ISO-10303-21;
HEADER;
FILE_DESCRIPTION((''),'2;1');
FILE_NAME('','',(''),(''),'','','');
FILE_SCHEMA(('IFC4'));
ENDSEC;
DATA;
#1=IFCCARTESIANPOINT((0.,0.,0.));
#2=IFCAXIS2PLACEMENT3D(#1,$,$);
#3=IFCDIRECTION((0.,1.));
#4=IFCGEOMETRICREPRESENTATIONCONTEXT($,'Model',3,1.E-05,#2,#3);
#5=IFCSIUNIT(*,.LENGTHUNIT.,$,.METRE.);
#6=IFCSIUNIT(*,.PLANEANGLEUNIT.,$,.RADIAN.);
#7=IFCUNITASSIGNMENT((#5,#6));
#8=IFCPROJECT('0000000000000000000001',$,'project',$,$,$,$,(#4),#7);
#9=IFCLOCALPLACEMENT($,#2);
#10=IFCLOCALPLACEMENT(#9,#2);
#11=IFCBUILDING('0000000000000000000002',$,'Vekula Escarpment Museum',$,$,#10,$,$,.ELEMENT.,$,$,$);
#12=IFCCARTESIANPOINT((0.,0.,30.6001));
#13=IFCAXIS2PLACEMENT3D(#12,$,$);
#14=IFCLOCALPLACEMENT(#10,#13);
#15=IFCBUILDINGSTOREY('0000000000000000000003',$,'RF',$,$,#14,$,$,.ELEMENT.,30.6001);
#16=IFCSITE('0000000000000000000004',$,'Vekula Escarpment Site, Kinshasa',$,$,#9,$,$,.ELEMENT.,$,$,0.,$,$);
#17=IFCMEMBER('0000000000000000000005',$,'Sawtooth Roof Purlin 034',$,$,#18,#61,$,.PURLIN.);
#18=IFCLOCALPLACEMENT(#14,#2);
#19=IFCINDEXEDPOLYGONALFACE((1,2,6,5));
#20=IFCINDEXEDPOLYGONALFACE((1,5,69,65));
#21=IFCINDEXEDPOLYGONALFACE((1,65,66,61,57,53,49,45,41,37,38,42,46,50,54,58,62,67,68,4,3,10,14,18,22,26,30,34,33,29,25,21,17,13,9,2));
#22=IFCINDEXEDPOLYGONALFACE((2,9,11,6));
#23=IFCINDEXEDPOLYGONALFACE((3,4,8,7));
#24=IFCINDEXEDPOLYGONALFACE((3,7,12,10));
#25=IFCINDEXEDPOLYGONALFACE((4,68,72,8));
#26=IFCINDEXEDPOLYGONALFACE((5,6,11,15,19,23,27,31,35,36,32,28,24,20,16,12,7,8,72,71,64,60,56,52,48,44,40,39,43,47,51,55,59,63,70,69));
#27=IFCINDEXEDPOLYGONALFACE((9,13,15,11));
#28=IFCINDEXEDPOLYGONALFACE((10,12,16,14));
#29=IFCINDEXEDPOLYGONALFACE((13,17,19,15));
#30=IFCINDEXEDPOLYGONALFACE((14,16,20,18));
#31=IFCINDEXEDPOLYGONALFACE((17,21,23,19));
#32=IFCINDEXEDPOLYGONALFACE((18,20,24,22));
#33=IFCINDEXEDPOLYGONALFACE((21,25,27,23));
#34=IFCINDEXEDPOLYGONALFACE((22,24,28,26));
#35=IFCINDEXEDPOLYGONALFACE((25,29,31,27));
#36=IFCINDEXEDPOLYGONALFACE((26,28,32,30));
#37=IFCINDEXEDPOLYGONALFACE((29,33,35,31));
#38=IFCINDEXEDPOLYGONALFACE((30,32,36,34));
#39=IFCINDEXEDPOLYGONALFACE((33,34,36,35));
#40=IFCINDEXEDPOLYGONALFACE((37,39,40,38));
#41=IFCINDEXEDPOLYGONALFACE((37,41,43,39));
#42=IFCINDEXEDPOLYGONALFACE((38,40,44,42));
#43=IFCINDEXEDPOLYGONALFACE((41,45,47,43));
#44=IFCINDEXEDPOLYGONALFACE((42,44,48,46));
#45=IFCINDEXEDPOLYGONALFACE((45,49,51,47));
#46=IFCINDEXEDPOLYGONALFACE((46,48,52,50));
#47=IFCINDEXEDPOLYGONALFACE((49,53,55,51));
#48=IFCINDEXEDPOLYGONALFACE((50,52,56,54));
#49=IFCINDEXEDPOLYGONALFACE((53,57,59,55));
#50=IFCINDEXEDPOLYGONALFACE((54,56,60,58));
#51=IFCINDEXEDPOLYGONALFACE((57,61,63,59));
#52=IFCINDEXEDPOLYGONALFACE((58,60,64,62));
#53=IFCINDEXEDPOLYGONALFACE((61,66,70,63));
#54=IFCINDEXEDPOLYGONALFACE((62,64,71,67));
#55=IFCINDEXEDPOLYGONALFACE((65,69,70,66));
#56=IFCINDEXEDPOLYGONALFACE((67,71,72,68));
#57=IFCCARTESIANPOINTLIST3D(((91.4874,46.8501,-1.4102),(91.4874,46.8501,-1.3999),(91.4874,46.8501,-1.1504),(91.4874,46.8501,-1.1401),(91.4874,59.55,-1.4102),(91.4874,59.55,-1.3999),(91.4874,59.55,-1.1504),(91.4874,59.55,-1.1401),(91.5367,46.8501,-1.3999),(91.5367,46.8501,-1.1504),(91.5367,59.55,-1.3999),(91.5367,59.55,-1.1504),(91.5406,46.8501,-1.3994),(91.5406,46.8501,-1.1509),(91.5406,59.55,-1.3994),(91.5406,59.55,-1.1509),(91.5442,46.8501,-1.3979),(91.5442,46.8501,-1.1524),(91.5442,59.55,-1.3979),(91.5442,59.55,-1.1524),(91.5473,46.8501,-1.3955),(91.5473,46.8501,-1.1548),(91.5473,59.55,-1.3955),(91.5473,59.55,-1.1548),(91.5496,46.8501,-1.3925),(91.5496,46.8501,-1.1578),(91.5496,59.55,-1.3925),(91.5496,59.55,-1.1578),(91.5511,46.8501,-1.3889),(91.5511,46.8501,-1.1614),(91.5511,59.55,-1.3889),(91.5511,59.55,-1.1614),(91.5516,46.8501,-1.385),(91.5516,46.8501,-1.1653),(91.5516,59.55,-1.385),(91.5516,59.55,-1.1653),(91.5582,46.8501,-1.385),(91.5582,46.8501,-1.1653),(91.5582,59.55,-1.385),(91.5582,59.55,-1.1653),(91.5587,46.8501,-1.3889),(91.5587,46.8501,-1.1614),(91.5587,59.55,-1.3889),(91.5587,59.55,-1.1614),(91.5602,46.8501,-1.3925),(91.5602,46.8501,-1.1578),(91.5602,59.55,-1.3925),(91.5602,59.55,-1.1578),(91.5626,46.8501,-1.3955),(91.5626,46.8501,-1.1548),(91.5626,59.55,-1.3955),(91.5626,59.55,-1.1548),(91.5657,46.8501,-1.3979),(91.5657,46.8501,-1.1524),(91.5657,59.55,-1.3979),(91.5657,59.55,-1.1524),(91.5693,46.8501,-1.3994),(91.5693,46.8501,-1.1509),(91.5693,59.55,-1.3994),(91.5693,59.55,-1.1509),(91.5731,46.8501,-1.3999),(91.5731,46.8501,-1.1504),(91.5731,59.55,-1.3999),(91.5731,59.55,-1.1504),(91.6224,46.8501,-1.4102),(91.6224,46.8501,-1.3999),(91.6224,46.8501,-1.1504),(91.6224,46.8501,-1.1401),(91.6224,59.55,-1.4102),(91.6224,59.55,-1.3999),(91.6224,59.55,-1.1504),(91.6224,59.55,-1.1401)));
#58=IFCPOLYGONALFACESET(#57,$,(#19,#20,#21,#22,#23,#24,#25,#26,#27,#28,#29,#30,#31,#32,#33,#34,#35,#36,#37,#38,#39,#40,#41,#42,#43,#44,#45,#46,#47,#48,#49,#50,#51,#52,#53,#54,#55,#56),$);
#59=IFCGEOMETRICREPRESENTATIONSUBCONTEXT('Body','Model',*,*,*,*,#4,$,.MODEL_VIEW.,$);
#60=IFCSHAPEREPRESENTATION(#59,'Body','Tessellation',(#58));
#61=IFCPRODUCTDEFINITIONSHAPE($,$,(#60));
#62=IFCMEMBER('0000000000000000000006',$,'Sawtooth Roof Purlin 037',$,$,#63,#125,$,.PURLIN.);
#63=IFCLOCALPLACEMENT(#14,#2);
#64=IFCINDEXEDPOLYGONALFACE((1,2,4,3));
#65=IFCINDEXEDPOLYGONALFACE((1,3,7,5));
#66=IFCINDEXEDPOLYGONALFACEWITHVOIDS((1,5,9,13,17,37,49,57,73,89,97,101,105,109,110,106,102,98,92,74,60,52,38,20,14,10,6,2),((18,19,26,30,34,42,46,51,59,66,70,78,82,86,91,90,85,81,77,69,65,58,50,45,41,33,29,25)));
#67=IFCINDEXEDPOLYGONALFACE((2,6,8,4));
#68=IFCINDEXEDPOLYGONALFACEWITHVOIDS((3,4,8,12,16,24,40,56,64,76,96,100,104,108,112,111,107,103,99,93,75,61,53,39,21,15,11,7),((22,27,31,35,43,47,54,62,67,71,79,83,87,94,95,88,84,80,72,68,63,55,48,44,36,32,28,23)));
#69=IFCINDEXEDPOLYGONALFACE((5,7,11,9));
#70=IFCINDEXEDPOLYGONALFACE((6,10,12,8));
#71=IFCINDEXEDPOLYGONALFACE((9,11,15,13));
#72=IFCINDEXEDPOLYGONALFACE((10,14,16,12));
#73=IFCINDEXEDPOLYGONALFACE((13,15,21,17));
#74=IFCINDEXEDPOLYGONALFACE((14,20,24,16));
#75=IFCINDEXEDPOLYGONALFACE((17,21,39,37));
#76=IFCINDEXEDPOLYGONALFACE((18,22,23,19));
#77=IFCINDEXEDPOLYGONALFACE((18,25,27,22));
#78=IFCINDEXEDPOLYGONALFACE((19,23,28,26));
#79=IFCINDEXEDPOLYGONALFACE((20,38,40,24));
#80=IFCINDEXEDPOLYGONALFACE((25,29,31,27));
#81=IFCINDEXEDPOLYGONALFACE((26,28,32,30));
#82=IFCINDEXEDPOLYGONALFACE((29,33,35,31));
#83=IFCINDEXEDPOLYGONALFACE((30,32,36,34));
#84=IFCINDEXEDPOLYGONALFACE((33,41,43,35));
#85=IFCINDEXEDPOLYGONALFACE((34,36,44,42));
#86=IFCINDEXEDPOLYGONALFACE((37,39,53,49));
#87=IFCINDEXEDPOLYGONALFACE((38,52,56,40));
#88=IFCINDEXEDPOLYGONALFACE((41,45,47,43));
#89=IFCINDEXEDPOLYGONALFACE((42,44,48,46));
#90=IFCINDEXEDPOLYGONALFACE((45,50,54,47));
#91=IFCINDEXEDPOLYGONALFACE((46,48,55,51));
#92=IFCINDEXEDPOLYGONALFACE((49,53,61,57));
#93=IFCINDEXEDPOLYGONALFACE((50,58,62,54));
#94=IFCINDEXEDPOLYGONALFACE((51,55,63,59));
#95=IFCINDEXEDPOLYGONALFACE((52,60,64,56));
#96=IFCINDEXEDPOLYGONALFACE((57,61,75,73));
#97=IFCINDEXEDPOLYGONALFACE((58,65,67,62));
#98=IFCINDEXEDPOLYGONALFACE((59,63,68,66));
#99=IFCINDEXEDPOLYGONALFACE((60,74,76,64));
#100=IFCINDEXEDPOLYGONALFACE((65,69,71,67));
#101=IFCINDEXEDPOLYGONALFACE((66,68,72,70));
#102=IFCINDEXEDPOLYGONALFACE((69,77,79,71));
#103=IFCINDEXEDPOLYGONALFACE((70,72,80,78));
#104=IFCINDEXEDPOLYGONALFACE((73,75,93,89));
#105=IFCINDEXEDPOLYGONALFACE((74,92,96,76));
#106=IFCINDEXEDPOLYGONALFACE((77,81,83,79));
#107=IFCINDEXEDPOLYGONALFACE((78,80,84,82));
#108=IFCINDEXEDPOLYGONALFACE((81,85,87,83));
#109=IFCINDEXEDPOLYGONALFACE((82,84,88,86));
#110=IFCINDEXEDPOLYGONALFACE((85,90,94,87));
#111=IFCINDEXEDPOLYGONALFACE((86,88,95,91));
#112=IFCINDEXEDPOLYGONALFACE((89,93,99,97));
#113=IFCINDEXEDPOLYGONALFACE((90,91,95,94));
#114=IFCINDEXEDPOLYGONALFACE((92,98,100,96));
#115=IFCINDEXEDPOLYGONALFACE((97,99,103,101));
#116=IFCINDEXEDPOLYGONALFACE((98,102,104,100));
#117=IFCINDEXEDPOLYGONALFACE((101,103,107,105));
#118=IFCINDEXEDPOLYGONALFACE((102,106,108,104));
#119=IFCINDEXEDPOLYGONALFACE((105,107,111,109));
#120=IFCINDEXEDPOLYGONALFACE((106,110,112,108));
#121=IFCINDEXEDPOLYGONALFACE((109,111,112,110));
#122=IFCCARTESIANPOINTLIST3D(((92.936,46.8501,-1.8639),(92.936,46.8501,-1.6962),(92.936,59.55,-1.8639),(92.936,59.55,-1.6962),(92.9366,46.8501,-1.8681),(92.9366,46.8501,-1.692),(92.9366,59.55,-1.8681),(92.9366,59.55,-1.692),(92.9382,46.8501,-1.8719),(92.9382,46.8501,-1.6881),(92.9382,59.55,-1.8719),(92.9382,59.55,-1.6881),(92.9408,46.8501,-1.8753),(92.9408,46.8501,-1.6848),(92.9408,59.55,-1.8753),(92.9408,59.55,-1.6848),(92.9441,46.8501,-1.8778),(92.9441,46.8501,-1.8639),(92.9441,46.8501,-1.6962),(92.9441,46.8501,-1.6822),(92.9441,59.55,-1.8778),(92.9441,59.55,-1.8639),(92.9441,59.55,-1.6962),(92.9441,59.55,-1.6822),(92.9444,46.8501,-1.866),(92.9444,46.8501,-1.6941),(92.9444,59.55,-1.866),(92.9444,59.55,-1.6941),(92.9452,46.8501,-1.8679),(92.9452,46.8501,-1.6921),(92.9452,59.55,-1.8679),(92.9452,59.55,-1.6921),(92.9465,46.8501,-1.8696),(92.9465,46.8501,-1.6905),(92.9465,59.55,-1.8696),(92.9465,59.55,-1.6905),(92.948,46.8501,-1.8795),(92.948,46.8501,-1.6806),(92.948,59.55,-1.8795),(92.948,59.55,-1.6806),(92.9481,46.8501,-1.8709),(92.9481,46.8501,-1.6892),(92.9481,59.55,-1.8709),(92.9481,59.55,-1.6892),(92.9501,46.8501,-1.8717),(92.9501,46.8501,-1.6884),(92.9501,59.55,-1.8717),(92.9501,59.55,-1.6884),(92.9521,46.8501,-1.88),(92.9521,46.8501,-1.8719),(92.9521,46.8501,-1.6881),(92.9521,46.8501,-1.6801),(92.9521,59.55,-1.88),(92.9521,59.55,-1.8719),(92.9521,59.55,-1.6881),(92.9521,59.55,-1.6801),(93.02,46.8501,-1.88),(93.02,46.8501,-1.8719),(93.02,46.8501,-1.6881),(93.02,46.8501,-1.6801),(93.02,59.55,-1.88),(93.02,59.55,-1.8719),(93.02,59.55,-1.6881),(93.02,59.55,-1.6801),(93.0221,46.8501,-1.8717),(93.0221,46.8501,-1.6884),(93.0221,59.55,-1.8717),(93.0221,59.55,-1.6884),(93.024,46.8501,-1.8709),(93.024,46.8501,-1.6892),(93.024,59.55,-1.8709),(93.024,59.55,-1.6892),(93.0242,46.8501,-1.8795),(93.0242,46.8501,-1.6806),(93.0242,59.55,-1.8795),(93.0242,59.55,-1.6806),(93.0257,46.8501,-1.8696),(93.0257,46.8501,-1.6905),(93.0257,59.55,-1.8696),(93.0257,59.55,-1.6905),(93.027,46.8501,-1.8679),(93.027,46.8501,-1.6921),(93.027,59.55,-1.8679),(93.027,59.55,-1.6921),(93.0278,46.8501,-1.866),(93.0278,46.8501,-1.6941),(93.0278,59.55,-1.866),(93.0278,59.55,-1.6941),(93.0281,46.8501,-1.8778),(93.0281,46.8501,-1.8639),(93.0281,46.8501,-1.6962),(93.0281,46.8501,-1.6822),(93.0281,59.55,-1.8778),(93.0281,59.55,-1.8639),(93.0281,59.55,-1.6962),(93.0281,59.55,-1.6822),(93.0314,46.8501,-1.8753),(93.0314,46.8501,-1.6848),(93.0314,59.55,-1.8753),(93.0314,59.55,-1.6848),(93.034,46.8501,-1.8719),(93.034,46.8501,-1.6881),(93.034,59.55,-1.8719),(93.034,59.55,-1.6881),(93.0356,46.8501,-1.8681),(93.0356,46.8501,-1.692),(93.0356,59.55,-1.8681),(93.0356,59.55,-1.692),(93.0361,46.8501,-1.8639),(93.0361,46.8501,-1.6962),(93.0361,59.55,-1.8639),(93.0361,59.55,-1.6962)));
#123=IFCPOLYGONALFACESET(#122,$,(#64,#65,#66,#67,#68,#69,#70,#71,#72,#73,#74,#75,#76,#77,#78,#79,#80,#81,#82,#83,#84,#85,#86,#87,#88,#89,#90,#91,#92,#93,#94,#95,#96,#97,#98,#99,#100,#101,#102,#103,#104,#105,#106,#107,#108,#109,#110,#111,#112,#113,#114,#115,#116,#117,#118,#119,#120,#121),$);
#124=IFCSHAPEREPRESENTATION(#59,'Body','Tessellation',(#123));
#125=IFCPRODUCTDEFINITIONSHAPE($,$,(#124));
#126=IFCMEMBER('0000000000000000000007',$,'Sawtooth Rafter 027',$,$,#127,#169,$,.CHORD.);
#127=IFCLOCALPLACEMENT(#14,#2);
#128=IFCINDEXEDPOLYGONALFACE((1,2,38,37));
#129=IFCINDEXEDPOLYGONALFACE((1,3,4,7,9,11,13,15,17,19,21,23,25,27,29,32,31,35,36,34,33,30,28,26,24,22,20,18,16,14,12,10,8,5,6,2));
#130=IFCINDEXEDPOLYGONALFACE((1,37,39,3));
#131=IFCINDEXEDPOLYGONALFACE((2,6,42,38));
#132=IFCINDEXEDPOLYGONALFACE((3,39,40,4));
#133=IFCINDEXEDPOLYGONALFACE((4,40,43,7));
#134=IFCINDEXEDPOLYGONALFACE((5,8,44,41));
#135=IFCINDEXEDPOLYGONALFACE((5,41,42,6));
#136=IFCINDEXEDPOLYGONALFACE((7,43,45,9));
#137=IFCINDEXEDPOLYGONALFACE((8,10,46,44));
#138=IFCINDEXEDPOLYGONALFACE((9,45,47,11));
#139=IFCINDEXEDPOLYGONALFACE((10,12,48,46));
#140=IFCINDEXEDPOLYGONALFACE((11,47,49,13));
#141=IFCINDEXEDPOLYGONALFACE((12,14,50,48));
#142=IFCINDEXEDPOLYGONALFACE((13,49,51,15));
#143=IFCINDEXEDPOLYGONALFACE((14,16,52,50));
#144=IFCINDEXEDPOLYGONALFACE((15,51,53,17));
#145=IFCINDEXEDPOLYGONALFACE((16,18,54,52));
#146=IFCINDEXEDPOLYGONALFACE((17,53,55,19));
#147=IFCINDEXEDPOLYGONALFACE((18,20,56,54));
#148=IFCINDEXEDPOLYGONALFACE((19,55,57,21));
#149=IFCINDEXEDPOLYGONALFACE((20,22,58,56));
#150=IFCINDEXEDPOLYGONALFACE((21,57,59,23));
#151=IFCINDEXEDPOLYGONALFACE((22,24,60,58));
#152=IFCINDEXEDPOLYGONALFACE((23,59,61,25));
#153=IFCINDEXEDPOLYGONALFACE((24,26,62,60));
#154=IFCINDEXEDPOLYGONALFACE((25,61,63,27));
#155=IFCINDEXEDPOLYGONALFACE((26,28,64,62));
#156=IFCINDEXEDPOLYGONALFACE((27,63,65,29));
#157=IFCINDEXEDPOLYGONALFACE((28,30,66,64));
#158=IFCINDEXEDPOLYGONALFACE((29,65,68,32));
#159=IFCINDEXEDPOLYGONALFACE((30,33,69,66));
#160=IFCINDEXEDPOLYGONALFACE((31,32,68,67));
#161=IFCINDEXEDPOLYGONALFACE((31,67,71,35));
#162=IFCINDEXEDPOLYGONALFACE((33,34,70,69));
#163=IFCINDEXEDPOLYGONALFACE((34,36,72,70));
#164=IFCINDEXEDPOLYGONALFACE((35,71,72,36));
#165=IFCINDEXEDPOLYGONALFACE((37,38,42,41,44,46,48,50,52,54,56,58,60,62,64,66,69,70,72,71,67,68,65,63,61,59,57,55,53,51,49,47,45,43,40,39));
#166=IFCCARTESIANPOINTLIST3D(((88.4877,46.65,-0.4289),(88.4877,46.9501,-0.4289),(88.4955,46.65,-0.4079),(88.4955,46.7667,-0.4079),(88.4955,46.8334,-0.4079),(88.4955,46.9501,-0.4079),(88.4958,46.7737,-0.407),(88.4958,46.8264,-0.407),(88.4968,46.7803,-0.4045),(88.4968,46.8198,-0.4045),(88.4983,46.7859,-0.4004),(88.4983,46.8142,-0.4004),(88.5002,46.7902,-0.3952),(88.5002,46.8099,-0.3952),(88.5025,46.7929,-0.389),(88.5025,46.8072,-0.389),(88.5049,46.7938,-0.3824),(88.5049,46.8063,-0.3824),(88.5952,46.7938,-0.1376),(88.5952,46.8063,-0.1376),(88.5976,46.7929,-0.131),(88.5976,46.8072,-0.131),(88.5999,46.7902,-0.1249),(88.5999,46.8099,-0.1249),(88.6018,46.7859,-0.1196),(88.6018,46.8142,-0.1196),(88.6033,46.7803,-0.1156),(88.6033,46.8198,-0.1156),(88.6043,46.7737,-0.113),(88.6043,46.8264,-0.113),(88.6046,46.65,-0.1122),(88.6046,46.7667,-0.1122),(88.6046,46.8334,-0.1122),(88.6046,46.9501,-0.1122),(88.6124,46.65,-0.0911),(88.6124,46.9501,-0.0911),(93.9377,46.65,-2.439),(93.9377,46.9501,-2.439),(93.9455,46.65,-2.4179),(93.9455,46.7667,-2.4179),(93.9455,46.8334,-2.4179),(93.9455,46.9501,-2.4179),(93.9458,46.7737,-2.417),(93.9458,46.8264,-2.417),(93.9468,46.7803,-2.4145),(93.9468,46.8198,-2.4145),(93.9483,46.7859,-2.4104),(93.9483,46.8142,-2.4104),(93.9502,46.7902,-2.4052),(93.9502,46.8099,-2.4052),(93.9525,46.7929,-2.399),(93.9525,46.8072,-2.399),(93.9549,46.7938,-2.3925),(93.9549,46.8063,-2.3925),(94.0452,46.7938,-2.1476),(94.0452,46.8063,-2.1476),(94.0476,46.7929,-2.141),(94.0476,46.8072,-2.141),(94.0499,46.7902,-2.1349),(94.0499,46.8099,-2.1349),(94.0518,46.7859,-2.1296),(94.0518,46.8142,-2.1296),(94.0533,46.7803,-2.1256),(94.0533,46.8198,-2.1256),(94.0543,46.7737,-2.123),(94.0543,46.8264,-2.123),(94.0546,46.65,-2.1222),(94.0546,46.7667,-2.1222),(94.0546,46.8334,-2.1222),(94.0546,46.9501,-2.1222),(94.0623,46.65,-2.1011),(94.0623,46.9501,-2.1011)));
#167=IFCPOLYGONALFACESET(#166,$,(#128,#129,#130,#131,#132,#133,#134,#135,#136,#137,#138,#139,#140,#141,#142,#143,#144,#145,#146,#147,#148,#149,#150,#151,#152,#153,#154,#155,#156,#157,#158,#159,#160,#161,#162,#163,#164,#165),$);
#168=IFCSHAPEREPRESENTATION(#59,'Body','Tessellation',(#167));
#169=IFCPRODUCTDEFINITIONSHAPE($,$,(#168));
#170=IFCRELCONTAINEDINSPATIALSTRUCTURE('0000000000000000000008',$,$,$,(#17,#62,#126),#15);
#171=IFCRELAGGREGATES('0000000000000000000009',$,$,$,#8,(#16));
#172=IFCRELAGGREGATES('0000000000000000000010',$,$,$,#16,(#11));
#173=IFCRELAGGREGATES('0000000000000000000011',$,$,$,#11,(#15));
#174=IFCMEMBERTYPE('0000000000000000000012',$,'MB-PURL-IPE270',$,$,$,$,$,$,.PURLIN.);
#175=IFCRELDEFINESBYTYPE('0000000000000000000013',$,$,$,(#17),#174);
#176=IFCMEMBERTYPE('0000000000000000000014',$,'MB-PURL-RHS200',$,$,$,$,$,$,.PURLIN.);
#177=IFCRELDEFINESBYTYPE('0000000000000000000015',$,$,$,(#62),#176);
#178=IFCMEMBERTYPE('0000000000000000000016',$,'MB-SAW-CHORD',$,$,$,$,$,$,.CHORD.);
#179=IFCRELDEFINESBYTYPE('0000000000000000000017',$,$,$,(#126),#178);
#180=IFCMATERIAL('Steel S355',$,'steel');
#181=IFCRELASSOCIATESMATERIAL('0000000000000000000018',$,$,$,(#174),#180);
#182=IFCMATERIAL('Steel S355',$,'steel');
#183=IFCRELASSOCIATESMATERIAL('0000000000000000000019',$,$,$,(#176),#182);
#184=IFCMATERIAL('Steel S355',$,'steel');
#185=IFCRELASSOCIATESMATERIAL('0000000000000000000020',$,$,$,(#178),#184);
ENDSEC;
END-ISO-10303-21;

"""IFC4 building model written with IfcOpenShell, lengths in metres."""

from ifc_helpers import new_model, si_unit, direction, frame, origin, origin_2d, place, context, subcontext, project, spatial, hollow_rectangle, i_section, extrude, material, material_profile, profile_set, type_object, element, save


model = new_model("IFC4")

# Units and contexts
model_context = context("Model", 3, precision=1e-05, world=origin(), true_north=direction((0.0, 1.0)))
body_context = subcontext(model_context, "Body", "Model", "MODEL_VIEW")
ifc_project = project(units=[si_unit("LENGTHUNIT", "METRE"), si_unit("PLANEANGLEUNIT", "RADIAN")], contexts=[model_context])

# Site, building, storey
site_placement = place(None, origin())
site = spatial("IfcSite", under=ifc_project, at=site_placement, Name="Vekula Escarpment Site, Kinshasa", CompositionType="ELEMENT", RefElevation=0.0)
building_placement = place(site_placement, origin())
building = spatial("IfcBuilding", under=site, at=building_placement, Name="Vekula Escarpment Museum", CompositionType="ELEMENT")
storey_placement = place(building_placement, frame((0.0, 0.0, 30.6001)))
storey = spatial("IfcBuildingStorey", under=building, at=storey_placement, Name="RF", CompositionType="ELEMENT", Elevation=30.6001)

# Members
ifc_material_1 = material(Name="Steel S355", Category="steel")
ifc_material_profile_1 = material_profile(ifc_material_1, i_section(OverallWidth=0.135, OverallDepth=0.27, WebThickness=0.0066, FlangeThickness=0.0103, FilletRadius=0.0149, at=origin_2d()), Name="IPE 270")
ifc_profile_set_1 = profile_set([ifc_material_profile_1], Name="Steel S355")
member_type_1 = type_object("IfcMemberType", Name="MB-PURL-IPE270", PredefinedType="PURLIN", material=ifc_profile_set_1)
member_1_placement = place(storey_placement, frame((91.5549, 46.8501, -1.2751), z_axis=(0.0, 1.0, 0.0), x_axis=(-1.0, 0.0, 0.0)))
element("IfcMember", 1, at=member_1_placement, inside=storey, type_object=member_type_1, Name="Sawtooth Roof Purlin 034", PredefinedType="PURLIN", context=body_context, shape_type="SweptSolid", body=[
    extrude(i_section(OverallWidth=0.135, OverallDepth=0.27, WebThickness=0.0066, FlangeThickness=0.0103, FilletRadius=0.0149, at=origin_2d()), origin(), (0.0, 0.0, 1.0), 12.7),
])
ifc_material_2 = material(Name="Steel S355", Category="steel")
ifc_material_profile_2 = material_profile(ifc_material_2, hollow_rectangle(XDim=0.1001, YDim=0.2, WallThickness=0.0081, InnerFilletRadius=0.0081, OuterFilletRadius=0.0161, at=origin_2d()), Name="RHS 200x100x8")
ifc_profile_set_2 = profile_set([ifc_material_profile_2], Name="Steel S355")
member_type_2 = type_object("IfcMemberType", Name="MB-PURL-RHS200", PredefinedType="PURLIN", material=ifc_profile_set_2)
member_2_placement = place(storey_placement, frame((92.9861, 46.8501, -1.78), z_axis=(0.0, 1.0, 0.0), x_axis=(-1.0, 0.0, 0.0)))
element("IfcMember", 2, at=member_2_placement, inside=storey, type_object=member_type_2, Name="Sawtooth Roof Purlin 037", PredefinedType="PURLIN", context=body_context, shape_type="SweptSolid", body=[
    extrude(hollow_rectangle(XDim=0.1001, YDim=0.2, WallThickness=0.0081, InnerFilletRadius=0.0081, OuterFilletRadius=0.0161, at=origin_2d()), origin(), (0.0, 0.0, 1.0), 12.7),
])
ifc_material_3 = material(Name="Steel S355", Category="steel")
ifc_material_profile_3 = material_profile(ifc_material_3, i_section(OverallWidth=0.3, OverallDepth=0.3601, WebThickness=0.0125, FlangeThickness=0.0225, FilletRadius=0.0271, at=origin_2d()), Name="HEB 360")
ifc_profile_set_3 = profile_set([ifc_material_profile_3], Name="Steel S355")
member_type_3 = type_object("IfcMemberType", Name="MB-SAW-CHORD", PredefinedType="CHORD", material=ifc_profile_set_3)
for number, where, z_axis, x_axis, name in (
    (3, (88.55, 46.8, -0.26), (0.938224, 0.0, -0.346029), (0.0, 1.0, 0.0), "Sawtooth Rafter 027"),
):
    element("IfcMember", number, at=place(storey_placement, frame(where, z_axis=z_axis, x_axis=x_axis)), inside=storey, type_object=member_type_3, Name=name, PredefinedType="CHORD", context=body_context, shape_type="SweptSolid", body=[
        extrude(i_section(OverallWidth=0.3, OverallDepth=0.3601, WebThickness=0.0125, FlangeThickness=0.0225, FilletRadius=0.0271, at=origin_2d()), origin(), (0.0, 0.0, 1.0), 5.8088),
    ])

save(model, "model.ifc")
